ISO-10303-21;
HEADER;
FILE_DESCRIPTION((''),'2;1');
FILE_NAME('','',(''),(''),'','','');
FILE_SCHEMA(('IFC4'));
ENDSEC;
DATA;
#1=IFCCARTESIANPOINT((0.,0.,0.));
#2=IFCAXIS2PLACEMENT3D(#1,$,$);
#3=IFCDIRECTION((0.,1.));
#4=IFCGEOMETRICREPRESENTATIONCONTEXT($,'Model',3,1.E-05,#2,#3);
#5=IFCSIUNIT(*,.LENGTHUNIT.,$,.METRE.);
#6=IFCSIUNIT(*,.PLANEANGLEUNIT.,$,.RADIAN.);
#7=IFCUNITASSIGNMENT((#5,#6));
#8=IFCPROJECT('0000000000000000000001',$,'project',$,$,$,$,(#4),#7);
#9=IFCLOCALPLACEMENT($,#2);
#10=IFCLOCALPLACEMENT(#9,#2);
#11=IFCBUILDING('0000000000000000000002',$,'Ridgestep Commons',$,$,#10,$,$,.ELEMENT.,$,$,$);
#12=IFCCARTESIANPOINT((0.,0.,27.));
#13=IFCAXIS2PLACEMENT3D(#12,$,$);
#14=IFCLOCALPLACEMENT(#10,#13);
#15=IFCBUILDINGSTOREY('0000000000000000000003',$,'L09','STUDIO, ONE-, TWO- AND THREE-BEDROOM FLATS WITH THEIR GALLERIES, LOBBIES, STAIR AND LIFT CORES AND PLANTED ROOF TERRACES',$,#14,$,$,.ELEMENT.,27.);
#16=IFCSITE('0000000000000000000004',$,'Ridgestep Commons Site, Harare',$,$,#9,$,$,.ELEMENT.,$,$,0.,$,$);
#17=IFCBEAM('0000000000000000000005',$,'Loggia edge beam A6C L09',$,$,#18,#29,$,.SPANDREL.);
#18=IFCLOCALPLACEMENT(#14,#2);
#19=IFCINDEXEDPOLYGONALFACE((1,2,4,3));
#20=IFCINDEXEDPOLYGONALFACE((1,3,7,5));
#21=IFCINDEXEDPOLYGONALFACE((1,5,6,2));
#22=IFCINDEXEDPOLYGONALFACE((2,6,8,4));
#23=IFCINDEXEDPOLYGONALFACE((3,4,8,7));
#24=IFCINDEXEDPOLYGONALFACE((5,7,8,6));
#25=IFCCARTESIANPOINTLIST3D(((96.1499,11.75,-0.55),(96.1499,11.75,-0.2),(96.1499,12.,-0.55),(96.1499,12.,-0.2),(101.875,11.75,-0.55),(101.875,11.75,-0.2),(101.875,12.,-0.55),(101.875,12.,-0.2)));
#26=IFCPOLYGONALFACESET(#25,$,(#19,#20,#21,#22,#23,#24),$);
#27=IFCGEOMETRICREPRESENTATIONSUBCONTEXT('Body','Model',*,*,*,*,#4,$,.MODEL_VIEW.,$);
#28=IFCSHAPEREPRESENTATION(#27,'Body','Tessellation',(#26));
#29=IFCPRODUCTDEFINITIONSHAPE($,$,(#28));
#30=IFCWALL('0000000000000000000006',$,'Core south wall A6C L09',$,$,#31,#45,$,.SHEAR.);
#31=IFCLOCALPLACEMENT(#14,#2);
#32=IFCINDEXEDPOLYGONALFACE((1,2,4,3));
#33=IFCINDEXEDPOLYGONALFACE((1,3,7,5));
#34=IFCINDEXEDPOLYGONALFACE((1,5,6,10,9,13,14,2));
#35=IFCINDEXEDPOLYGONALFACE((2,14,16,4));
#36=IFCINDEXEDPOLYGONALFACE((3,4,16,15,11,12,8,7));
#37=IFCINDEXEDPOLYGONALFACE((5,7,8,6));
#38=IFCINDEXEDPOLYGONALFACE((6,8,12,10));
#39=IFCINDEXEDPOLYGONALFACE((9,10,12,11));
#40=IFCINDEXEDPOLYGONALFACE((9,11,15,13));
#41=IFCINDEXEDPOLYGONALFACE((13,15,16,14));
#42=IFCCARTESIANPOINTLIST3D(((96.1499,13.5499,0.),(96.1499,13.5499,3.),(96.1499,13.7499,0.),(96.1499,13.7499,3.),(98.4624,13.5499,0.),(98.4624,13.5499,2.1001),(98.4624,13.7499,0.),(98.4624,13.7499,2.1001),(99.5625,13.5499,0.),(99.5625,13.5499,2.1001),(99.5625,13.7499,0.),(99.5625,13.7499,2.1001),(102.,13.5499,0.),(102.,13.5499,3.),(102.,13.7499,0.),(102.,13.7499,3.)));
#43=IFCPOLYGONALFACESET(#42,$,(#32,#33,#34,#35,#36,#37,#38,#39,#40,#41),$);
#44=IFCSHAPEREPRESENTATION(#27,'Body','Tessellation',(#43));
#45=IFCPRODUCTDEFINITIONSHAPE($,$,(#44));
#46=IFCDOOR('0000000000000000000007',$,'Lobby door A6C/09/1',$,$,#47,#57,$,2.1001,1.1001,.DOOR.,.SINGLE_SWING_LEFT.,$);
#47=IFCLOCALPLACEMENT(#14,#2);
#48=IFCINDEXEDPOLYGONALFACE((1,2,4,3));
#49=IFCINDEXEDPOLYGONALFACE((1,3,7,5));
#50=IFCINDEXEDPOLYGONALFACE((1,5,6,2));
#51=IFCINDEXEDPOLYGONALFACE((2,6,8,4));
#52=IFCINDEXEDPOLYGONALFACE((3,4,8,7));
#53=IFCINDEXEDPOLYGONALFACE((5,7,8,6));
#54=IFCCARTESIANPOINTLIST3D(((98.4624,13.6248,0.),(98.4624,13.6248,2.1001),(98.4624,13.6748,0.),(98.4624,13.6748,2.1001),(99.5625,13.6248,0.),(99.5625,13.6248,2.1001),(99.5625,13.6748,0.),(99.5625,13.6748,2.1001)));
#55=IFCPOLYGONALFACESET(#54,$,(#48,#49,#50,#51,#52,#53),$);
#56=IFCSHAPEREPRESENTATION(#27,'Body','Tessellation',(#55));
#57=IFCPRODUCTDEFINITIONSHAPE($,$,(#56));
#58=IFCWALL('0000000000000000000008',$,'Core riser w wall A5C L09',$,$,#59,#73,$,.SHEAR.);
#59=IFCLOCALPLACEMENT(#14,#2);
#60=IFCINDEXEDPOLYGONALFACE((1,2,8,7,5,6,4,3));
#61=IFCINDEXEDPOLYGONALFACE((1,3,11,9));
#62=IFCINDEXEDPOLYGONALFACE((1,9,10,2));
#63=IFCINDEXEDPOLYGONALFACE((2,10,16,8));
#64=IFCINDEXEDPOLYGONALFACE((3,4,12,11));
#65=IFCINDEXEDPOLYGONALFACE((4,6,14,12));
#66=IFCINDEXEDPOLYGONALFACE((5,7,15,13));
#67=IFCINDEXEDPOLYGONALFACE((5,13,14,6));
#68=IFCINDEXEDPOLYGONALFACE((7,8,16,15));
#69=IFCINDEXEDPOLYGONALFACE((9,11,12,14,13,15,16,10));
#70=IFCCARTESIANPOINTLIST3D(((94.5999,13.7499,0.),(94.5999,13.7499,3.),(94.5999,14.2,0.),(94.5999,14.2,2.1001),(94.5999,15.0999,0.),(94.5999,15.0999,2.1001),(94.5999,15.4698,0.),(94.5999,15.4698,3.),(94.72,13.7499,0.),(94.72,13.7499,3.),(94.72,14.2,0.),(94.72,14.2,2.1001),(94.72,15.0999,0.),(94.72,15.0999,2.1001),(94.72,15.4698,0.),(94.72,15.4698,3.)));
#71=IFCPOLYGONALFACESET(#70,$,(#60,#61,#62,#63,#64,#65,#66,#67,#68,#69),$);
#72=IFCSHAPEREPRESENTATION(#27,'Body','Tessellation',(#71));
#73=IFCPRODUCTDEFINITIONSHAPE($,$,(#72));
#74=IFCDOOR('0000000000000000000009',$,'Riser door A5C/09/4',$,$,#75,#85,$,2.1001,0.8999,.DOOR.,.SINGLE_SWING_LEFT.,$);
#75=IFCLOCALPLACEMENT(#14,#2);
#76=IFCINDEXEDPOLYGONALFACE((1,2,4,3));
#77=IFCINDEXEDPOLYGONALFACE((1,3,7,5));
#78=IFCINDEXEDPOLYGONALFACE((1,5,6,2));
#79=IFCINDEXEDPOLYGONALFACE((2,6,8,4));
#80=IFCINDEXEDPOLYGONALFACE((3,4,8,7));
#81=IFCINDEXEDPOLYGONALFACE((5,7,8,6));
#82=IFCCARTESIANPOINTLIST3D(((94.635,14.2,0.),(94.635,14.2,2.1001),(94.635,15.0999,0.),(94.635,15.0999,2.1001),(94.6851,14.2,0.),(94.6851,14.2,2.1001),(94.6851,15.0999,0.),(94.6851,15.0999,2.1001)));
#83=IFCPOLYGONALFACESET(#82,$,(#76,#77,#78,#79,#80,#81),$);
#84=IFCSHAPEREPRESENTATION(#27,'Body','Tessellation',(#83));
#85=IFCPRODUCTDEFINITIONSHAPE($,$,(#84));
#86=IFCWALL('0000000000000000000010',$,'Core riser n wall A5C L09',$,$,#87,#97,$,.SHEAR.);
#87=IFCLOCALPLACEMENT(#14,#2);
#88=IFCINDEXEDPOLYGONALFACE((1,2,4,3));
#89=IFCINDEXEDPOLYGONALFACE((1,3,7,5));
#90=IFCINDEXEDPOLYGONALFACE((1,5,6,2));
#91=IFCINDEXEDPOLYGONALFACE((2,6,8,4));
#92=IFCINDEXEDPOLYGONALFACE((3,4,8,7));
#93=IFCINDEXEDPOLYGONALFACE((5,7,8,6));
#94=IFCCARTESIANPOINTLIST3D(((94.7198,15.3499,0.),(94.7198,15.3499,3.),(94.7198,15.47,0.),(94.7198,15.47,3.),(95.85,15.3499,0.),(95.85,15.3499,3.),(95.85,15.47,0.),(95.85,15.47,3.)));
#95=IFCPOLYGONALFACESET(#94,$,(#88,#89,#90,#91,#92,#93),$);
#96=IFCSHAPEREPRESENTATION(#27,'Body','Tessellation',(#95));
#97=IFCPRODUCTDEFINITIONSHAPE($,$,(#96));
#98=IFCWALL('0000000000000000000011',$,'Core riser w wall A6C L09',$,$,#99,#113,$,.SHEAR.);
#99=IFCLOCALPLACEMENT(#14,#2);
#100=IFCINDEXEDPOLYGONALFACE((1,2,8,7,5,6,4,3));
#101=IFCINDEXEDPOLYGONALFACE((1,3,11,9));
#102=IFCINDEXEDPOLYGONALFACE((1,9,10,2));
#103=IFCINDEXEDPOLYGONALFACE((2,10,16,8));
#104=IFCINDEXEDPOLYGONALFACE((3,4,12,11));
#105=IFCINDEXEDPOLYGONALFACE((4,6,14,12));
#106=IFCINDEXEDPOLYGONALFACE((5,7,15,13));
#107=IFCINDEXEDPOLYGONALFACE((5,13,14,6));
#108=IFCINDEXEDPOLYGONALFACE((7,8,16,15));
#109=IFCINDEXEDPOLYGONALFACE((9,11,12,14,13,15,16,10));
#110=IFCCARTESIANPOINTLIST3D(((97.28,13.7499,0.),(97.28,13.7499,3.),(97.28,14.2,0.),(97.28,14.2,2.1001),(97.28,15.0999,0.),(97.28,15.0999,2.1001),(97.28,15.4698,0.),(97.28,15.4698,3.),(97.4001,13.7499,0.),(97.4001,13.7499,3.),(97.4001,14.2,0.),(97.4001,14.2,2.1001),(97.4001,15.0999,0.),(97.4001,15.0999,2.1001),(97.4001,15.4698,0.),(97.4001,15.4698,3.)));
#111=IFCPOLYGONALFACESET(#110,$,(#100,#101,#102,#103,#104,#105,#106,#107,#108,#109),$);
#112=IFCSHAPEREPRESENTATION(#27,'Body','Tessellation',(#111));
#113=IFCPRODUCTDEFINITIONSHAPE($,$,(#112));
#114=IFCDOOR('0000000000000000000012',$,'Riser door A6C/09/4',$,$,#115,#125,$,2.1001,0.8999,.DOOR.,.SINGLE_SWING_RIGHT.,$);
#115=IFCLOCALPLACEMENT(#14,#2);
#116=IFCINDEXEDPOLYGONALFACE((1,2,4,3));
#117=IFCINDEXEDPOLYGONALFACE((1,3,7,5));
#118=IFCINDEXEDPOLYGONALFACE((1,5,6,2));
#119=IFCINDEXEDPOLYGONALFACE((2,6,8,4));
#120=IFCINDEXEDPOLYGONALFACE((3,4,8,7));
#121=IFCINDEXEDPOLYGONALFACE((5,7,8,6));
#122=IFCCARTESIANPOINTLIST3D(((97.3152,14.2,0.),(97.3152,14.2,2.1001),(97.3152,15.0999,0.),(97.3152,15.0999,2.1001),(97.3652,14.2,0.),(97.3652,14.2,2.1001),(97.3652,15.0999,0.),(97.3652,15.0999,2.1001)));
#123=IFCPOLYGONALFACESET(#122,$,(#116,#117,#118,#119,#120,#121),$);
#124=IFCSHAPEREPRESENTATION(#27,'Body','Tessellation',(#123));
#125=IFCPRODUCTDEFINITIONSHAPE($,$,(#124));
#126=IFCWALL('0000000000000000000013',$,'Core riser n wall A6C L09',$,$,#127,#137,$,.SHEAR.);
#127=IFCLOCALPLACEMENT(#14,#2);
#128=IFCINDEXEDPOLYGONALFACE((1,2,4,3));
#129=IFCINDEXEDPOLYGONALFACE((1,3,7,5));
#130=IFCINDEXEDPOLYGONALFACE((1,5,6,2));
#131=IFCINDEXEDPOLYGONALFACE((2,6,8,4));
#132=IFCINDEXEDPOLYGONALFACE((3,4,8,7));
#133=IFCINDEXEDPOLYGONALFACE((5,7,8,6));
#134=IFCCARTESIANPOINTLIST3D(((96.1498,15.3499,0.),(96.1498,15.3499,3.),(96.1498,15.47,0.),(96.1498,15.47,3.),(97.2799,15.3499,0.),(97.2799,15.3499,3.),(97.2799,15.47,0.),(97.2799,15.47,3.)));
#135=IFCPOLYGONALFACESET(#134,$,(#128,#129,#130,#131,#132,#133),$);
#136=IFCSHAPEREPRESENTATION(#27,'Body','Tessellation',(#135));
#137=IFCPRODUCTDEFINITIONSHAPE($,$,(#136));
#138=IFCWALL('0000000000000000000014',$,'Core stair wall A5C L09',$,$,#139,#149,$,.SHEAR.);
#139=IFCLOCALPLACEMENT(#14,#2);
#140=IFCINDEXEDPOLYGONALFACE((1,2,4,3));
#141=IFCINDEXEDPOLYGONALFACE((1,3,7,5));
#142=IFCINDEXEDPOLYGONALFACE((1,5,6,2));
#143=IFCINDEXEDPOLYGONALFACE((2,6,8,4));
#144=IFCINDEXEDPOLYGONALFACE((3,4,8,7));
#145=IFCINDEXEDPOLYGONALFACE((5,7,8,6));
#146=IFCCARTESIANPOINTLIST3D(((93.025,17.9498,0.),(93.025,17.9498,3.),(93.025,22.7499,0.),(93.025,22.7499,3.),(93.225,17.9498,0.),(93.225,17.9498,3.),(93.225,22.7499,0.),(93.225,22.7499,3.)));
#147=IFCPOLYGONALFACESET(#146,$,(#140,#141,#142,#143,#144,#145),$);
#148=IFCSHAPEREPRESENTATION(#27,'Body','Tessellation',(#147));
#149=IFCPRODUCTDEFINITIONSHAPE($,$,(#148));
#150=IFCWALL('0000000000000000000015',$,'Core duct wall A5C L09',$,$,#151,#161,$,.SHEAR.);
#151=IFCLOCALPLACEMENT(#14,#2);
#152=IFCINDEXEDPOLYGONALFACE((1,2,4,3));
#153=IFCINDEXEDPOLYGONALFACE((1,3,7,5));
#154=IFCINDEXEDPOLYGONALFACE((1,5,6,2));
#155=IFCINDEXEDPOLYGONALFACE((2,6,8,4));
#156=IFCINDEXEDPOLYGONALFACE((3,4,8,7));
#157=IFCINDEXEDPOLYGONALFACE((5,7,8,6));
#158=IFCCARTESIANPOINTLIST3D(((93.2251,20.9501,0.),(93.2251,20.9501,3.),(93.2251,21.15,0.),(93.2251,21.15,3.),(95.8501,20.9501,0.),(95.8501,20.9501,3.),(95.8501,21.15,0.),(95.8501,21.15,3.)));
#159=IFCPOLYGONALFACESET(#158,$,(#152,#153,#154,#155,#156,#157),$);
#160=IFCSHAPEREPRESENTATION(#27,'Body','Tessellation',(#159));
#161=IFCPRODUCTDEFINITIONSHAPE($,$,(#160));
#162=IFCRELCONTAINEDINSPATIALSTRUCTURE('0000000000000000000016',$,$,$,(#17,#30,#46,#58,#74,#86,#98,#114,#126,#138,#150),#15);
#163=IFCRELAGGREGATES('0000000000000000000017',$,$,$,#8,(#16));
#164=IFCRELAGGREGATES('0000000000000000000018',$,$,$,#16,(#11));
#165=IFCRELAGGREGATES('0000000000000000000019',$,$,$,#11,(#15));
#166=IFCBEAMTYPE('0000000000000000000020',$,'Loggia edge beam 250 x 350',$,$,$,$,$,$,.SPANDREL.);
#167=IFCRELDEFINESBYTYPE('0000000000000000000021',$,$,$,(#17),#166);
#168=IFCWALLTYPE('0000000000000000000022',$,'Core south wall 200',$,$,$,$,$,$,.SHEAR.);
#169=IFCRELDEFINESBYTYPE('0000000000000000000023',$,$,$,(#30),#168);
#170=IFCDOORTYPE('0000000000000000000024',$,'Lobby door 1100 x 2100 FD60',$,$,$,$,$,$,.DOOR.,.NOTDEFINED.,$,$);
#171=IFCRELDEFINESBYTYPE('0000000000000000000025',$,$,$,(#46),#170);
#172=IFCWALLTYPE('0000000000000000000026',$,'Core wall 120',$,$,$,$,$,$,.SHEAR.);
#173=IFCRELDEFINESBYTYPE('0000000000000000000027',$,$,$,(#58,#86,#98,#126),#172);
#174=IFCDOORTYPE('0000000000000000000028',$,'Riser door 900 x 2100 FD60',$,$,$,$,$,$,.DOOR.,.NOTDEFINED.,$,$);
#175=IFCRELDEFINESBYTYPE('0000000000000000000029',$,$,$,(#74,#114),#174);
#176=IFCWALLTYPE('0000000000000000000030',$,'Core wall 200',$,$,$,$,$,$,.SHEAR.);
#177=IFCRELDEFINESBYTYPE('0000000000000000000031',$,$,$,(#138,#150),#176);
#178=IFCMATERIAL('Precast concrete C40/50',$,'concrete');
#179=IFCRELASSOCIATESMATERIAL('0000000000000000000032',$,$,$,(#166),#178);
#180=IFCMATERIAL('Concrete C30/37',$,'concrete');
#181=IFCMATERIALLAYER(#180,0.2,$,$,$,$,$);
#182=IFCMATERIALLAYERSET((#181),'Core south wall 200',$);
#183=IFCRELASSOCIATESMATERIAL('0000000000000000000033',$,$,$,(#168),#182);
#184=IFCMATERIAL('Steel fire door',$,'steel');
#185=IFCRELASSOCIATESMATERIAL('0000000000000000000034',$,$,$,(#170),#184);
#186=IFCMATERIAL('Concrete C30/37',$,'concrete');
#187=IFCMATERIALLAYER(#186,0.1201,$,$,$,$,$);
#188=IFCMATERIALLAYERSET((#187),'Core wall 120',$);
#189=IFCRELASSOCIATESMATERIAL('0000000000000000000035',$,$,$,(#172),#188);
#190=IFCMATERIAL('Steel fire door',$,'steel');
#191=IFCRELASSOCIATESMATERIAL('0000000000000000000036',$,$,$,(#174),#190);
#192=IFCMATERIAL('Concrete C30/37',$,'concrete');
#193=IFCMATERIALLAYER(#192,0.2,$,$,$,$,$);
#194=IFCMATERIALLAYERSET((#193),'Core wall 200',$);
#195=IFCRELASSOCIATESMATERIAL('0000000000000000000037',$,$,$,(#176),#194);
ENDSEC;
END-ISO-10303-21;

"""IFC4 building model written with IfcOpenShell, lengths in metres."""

from ifc_helpers import new_model, si_unit, direction, frame, frame_2d, origin, origin_2d, place, context, subcontext, project, spatial, rectangle, extrude, material, layer, layer_set, material_profile, profile_set, type_object, element, fill, save


model = new_model("IFC4")

# Units and contexts
model_context = context("Model", 3, precision=1e-05, world=origin(), true_north=direction((0.0, 1.0)))
body_context = subcontext(model_context, "Body", "Model", "MODEL_VIEW")
ifc_project = project(units=[si_unit("LENGTHUNIT", "METRE"), si_unit("PLANEANGLEUNIT", "RADIAN")], contexts=[model_context])

# Site, building, storey
site_placement = place(None, origin())
site = spatial("IfcSite", under=ifc_project, at=site_placement, Name="Ridgestep Commons Site, Harare", CompositionType="ELEMENT", RefElevation=0.0)
building_placement = place(site_placement, origin())
building = spatial("IfcBuilding", under=site, at=building_placement, Name="Ridgestep Commons", CompositionType="ELEMENT")
storey_placement = place(building_placement, frame((0.0, 0.0, 27.0)))
storey = spatial("IfcBuildingStorey", under=building, at=storey_placement, Name="L09", Description="STUDIO, ONE-, TWO- AND THREE-BEDROOM FLATS WITH THEIR GALLERIES, LOBBIES, STAIR AND LIFT CORES AND PLANTED ROOF TERRACES", CompositionType="ELEMENT", Elevation=27.0)

# Beam
ifc_material_1 = material(Name="Precast concrete C40/50", Category="concrete")
ifc_material_profile = material_profile(ifc_material_1, rectangle(XDim=0.25, YDim=0.3501, at=origin_2d()), Name="PC 250x350")
ifc_profile_set = profile_set([ifc_material_profile], Name="Precast concrete C40/50")
beam_type = type_object("IfcBeamType", Name="Loggia edge beam 250 x 350", PredefinedType="SPANDREL", material=ifc_profile_set)
beam_placement = place(storey_placement, frame((96.1499, 11.875, -0.375), z_axis=(1.0, 0.0, 0.0), x_axis=(0.0, 1.0, 0.0)))
element("IfcBeam", 1, at=beam_placement, inside=storey, type_object=beam_type, Name="Loggia edge beam A6C L09", PredefinedType="SPANDREL", context=body_context, shape_type="SweptSolid", body=[
    extrude(rectangle(XDim=0.25, YDim=0.3501, at=origin_2d()), origin(), (0.0, 0.0, 1.0), 5.7251),
])

# Walls, openings, doors
ifc_material_2 = material(Name="Concrete C30/37", Category="concrete")
ifc_layer_1 = layer(ifc_material_2, 0.2)
ifc_layer_set_1 = layer_set([ifc_layer_1], Name="Core south wall 200")
wall_type_1 = type_object("IfcWallType", Name="Core south wall 200", PredefinedType="SHEAR", material=ifc_layer_set_1)
wall_1_placement = place(storey_placement, frame((96.1499, 13.6499, 0.0), z_axis=(0.0, 0.0, 1.0), x_axis=(1.0, 0.0, 0.0)))
wall_1 = element("IfcWall", 2, at=wall_1_placement, inside=storey, type_object=wall_type_1, Name="Core south wall A6C L09", PredefinedType="SHEAR", context=body_context, shape_type="SweptSolid", body=[
    extrude(rectangle(XDim=5.8501, YDim=0.2, at=frame_2d((2.925, 0.0))), origin(), (0.0, 0.0, 1.0), 3.0),
])
opening_1_placement = place(wall_1_placement, frame((2.3125, 0.0, 0.0)))
opening_1 = element("IfcOpeningElement", 3, at=opening_1_placement, cuts=wall_1, PredefinedType="OPENING", context=body_context, shape_type="SweptSolid", body=[
    extrude(rectangle(XDim=1.1001, YDim=2.1001, at=frame_2d((0.55, 1.05))), frame((0.0, 0.1099, 0.0), z_axis=(0.0, -1.0, 0.0), x_axis=(1.0, 0.0, 0.0)), (0.0, 0.0, 1.0), 0.22),
])
ifc_material_3 = material(Name="Steel fire door", Category="steel")
door_type_1 = type_object("IfcDoorType", Name="Lobby door 1100 x 2100 FD60", OperationType="NOTDEFINED", PredefinedType="DOOR", material=ifc_material_3)
door_1_placement = place(opening_1_placement, origin())
door_1 = element("IfcDoor", 4, at=door_1_placement, inside=storey, type_object=door_type_1, Name="Lobby door A6C/09/1", OperationType="SINGLE_SWING_LEFT", OverallHeight=2.1001, OverallWidth=1.1001, PredefinedType="DOOR", context=body_context, shape_type="SweptSolid", body=[
    extrude(rectangle(XDim=1.1001, YDim=2.1001, at=frame_2d((0.55, 1.05))), frame((0.0, 0.0249, 0.0), z_axis=(0.0, -1.0, 0.0), x_axis=(1.0, 0.0, 0.0)), (0.0, 0.0, 1.0), 0.05),
])
fill(opening_1, door_1)
ifc_material_4 = material(Name="Concrete C30/37", Category="concrete")
ifc_layer_2 = layer(ifc_material_4, 0.1201)
ifc_layer_set_2 = layer_set([ifc_layer_2], Name="Core wall 120")
wall_type_2 = type_object("IfcWallType", Name="Core wall 120", PredefinedType="SHEAR", material=ifc_layer_set_2)
wall_2_placement = place(storey_placement, frame((94.6599, 13.75, 0.0), z_axis=(0.0, 0.0, 1.0), x_axis=(0.0, 1.0, 0.0)))
wall_2 = element("IfcWall", 5, at=wall_2_placement, inside=storey, type_object=wall_type_2, Name="Core riser w wall A5C L09", PredefinedType="SHEAR", context=body_context, shape_type="SweptSolid", body=[
    extrude(rectangle(XDim=1.72, YDim=0.1201, at=frame_2d((0.8599, 0.0))), origin(), (0.0, 0.0, 1.0), 3.0),
])
opening_2_placement = place(wall_2_placement, frame((0.45, 0.0, 0.0)))
opening_2 = element("IfcOpeningElement", 6, at=opening_2_placement, cuts=wall_2, PredefinedType="OPENING", context=body_context, shape_type="SweptSolid", body=[
    extrude(rectangle(XDim=0.8999, YDim=2.1001, at=frame_2d((0.45, 1.05))), frame((0.0, 0.0701, 0.0), z_axis=(0.0, -1.0, 0.0), x_axis=(1.0, 0.0, 0.0)), (0.0, 0.0, 1.0), 0.1401),
])
ifc_material_5 = material(Name="Steel fire door", Category="steel")
door_type_2 = type_object("IfcDoorType", Name="Riser door 900 x 2100 FD60", OperationType="NOTDEFINED", PredefinedType="DOOR", material=ifc_material_5)
door_2_placement = place(opening_2_placement, origin())
door_2 = element("IfcDoor", 7, at=door_2_placement, inside=storey, type_object=door_type_2, Name="Riser door A5C/09/4", OperationType="SINGLE_SWING_LEFT", OverallHeight=2.1001, OverallWidth=0.8999, PredefinedType="DOOR", context=body_context, shape_type="SweptSolid", body=[
    extrude(rectangle(XDim=0.8999, YDim=2.1001, at=frame_2d((0.45, 1.05))), frame((0.0, 0.0249, 0.0), z_axis=(0.0, -1.0, 0.0), x_axis=(1.0, 0.0, 0.0)), (0.0, 0.0, 1.0), 0.05),
])
fill(opening_2, door_2)

# Wall
wall_3_placement = place(storey_placement, frame((94.72, 15.4099, 0.0), z_axis=(0.0, 0.0, 1.0), x_axis=(1.0, 0.0, 0.0)))
element("IfcWall", 8, at=wall_3_placement, inside=storey, type_object=wall_type_2, Name="Core riser n wall A5C L09", PredefinedType="SHEAR", context=body_context, shape_type="SweptSolid", body=[
    extrude(rectangle(XDim=1.1301, YDim=0.1201, at=frame_2d((0.5649, 0.0))), origin(), (0.0, 0.0, 1.0), 3.0),
])

# Wall, opening, door
wall_4_placement = place(storey_placement, frame((97.3401, 13.75, 0.0), z_axis=(0.0, 0.0, 1.0), x_axis=(0.0, 1.0, 0.0)))
wall_4 = element("IfcWall", 9, at=wall_4_placement, inside=storey, type_object=wall_type_2, Name="Core riser w wall A6C L09", PredefinedType="SHEAR", context=body_context, shape_type="SweptSolid", body=[
    extrude(rectangle(XDim=1.72, YDim=0.1201, at=frame_2d((0.8599, 0.0))), origin(), (0.0, 0.0, 1.0), 3.0),
])
opening_3_placement = place(wall_4_placement, frame((0.45, 0.0, 0.0)))
opening_3 = element("IfcOpeningElement", 10, at=opening_3_placement, cuts=wall_4, PredefinedType="OPENING", context=body_context, shape_type="SweptSolid", body=[
    extrude(rectangle(XDim=0.8999, YDim=2.1001, at=frame_2d((0.45, 1.05))), frame((0.0, 0.0701, 0.0), z_axis=(0.0, -1.0, 0.0), x_axis=(1.0, 0.0, 0.0)), (0.0, 0.0, 1.0), 0.1401),
])
door_3_placement = place(opening_3_placement, origin())
door_3 = element("IfcDoor", 11, at=door_3_placement, inside=storey, type_object=door_type_2, Name="Riser door A6C/09/4", OperationType="SINGLE_SWING_RIGHT", OverallHeight=2.1001, OverallWidth=0.8999, PredefinedType="DOOR", context=body_context, shape_type="SweptSolid", body=[
    extrude(rectangle(XDim=0.8999, YDim=2.1001, at=frame_2d((0.45, 1.05))), frame((0.0, 0.0249, 0.0), z_axis=(0.0, -1.0, 0.0), x_axis=(1.0, 0.0, 0.0)), (0.0, 0.0, 1.0), 0.05),
])
fill(opening_3, door_3)

# Walls
wall_5_placement = place(storey_placement, frame((96.1499, 15.4099, 0.0), z_axis=(0.0, 0.0, 1.0), x_axis=(1.0, 0.0, 0.0)))
element("IfcWall", 12, at=wall_5_placement, inside=storey, type_object=wall_type_2, Name="Core riser n wall A6C L09", PredefinedType="SHEAR", context=body_context, shape_type="SweptSolid", body=[
    extrude(rectangle(XDim=1.1301, YDim=0.1201, at=frame_2d((0.5649, 0.0))), origin(), (0.0, 0.0, 1.0), 3.0),
])
ifc_material_6 = material(Name="Concrete C30/37", Category="concrete")
ifc_layer_3 = layer(ifc_material_6, 0.2)
ifc_layer_set_3 = layer_set([ifc_layer_3], Name="Core wall 200")
wall_type_3 = type_object("IfcWallType", Name="Core wall 200", PredefinedType="SHEAR", material=ifc_layer_set_3)
wall_6_placement = place(storey_placement, frame((93.125, 17.95, 0.0), z_axis=(0.0, 0.0, 1.0), x_axis=(0.0, 1.0, 0.0)))
element("IfcWall", 13, at=wall_6_placement, inside=storey, type_object=wall_type_3, Name="Core stair wall A5C L09", PredefinedType="SHEAR", context=body_context, shape_type="SweptSolid", body=[
    extrude(rectangle(XDim=4.8, YDim=0.2, at=frame_2d((2.3999, 0.0))), origin(), (0.0, 0.0, 1.0), 3.0),
])
wall_7_placement = place(storey_placement, frame((93.2251, 21.05, 0.0), z_axis=(0.0, 0.0, 1.0), x_axis=(1.0, 0.0, 0.0)))
element("IfcWall", 14, at=wall_7_placement, inside=storey, type_object=wall_type_3, Name="Core duct wall A5C L09", PredefinedType="SHEAR", context=body_context, shape_type="SweptSolid", body=[
    extrude(rectangle(XDim=2.625, YDim=0.2, at=frame_2d((1.3125, 0.0))), origin(), (0.0, 0.0, 1.0), 3.0),
])

save(model, "model.ifc")
